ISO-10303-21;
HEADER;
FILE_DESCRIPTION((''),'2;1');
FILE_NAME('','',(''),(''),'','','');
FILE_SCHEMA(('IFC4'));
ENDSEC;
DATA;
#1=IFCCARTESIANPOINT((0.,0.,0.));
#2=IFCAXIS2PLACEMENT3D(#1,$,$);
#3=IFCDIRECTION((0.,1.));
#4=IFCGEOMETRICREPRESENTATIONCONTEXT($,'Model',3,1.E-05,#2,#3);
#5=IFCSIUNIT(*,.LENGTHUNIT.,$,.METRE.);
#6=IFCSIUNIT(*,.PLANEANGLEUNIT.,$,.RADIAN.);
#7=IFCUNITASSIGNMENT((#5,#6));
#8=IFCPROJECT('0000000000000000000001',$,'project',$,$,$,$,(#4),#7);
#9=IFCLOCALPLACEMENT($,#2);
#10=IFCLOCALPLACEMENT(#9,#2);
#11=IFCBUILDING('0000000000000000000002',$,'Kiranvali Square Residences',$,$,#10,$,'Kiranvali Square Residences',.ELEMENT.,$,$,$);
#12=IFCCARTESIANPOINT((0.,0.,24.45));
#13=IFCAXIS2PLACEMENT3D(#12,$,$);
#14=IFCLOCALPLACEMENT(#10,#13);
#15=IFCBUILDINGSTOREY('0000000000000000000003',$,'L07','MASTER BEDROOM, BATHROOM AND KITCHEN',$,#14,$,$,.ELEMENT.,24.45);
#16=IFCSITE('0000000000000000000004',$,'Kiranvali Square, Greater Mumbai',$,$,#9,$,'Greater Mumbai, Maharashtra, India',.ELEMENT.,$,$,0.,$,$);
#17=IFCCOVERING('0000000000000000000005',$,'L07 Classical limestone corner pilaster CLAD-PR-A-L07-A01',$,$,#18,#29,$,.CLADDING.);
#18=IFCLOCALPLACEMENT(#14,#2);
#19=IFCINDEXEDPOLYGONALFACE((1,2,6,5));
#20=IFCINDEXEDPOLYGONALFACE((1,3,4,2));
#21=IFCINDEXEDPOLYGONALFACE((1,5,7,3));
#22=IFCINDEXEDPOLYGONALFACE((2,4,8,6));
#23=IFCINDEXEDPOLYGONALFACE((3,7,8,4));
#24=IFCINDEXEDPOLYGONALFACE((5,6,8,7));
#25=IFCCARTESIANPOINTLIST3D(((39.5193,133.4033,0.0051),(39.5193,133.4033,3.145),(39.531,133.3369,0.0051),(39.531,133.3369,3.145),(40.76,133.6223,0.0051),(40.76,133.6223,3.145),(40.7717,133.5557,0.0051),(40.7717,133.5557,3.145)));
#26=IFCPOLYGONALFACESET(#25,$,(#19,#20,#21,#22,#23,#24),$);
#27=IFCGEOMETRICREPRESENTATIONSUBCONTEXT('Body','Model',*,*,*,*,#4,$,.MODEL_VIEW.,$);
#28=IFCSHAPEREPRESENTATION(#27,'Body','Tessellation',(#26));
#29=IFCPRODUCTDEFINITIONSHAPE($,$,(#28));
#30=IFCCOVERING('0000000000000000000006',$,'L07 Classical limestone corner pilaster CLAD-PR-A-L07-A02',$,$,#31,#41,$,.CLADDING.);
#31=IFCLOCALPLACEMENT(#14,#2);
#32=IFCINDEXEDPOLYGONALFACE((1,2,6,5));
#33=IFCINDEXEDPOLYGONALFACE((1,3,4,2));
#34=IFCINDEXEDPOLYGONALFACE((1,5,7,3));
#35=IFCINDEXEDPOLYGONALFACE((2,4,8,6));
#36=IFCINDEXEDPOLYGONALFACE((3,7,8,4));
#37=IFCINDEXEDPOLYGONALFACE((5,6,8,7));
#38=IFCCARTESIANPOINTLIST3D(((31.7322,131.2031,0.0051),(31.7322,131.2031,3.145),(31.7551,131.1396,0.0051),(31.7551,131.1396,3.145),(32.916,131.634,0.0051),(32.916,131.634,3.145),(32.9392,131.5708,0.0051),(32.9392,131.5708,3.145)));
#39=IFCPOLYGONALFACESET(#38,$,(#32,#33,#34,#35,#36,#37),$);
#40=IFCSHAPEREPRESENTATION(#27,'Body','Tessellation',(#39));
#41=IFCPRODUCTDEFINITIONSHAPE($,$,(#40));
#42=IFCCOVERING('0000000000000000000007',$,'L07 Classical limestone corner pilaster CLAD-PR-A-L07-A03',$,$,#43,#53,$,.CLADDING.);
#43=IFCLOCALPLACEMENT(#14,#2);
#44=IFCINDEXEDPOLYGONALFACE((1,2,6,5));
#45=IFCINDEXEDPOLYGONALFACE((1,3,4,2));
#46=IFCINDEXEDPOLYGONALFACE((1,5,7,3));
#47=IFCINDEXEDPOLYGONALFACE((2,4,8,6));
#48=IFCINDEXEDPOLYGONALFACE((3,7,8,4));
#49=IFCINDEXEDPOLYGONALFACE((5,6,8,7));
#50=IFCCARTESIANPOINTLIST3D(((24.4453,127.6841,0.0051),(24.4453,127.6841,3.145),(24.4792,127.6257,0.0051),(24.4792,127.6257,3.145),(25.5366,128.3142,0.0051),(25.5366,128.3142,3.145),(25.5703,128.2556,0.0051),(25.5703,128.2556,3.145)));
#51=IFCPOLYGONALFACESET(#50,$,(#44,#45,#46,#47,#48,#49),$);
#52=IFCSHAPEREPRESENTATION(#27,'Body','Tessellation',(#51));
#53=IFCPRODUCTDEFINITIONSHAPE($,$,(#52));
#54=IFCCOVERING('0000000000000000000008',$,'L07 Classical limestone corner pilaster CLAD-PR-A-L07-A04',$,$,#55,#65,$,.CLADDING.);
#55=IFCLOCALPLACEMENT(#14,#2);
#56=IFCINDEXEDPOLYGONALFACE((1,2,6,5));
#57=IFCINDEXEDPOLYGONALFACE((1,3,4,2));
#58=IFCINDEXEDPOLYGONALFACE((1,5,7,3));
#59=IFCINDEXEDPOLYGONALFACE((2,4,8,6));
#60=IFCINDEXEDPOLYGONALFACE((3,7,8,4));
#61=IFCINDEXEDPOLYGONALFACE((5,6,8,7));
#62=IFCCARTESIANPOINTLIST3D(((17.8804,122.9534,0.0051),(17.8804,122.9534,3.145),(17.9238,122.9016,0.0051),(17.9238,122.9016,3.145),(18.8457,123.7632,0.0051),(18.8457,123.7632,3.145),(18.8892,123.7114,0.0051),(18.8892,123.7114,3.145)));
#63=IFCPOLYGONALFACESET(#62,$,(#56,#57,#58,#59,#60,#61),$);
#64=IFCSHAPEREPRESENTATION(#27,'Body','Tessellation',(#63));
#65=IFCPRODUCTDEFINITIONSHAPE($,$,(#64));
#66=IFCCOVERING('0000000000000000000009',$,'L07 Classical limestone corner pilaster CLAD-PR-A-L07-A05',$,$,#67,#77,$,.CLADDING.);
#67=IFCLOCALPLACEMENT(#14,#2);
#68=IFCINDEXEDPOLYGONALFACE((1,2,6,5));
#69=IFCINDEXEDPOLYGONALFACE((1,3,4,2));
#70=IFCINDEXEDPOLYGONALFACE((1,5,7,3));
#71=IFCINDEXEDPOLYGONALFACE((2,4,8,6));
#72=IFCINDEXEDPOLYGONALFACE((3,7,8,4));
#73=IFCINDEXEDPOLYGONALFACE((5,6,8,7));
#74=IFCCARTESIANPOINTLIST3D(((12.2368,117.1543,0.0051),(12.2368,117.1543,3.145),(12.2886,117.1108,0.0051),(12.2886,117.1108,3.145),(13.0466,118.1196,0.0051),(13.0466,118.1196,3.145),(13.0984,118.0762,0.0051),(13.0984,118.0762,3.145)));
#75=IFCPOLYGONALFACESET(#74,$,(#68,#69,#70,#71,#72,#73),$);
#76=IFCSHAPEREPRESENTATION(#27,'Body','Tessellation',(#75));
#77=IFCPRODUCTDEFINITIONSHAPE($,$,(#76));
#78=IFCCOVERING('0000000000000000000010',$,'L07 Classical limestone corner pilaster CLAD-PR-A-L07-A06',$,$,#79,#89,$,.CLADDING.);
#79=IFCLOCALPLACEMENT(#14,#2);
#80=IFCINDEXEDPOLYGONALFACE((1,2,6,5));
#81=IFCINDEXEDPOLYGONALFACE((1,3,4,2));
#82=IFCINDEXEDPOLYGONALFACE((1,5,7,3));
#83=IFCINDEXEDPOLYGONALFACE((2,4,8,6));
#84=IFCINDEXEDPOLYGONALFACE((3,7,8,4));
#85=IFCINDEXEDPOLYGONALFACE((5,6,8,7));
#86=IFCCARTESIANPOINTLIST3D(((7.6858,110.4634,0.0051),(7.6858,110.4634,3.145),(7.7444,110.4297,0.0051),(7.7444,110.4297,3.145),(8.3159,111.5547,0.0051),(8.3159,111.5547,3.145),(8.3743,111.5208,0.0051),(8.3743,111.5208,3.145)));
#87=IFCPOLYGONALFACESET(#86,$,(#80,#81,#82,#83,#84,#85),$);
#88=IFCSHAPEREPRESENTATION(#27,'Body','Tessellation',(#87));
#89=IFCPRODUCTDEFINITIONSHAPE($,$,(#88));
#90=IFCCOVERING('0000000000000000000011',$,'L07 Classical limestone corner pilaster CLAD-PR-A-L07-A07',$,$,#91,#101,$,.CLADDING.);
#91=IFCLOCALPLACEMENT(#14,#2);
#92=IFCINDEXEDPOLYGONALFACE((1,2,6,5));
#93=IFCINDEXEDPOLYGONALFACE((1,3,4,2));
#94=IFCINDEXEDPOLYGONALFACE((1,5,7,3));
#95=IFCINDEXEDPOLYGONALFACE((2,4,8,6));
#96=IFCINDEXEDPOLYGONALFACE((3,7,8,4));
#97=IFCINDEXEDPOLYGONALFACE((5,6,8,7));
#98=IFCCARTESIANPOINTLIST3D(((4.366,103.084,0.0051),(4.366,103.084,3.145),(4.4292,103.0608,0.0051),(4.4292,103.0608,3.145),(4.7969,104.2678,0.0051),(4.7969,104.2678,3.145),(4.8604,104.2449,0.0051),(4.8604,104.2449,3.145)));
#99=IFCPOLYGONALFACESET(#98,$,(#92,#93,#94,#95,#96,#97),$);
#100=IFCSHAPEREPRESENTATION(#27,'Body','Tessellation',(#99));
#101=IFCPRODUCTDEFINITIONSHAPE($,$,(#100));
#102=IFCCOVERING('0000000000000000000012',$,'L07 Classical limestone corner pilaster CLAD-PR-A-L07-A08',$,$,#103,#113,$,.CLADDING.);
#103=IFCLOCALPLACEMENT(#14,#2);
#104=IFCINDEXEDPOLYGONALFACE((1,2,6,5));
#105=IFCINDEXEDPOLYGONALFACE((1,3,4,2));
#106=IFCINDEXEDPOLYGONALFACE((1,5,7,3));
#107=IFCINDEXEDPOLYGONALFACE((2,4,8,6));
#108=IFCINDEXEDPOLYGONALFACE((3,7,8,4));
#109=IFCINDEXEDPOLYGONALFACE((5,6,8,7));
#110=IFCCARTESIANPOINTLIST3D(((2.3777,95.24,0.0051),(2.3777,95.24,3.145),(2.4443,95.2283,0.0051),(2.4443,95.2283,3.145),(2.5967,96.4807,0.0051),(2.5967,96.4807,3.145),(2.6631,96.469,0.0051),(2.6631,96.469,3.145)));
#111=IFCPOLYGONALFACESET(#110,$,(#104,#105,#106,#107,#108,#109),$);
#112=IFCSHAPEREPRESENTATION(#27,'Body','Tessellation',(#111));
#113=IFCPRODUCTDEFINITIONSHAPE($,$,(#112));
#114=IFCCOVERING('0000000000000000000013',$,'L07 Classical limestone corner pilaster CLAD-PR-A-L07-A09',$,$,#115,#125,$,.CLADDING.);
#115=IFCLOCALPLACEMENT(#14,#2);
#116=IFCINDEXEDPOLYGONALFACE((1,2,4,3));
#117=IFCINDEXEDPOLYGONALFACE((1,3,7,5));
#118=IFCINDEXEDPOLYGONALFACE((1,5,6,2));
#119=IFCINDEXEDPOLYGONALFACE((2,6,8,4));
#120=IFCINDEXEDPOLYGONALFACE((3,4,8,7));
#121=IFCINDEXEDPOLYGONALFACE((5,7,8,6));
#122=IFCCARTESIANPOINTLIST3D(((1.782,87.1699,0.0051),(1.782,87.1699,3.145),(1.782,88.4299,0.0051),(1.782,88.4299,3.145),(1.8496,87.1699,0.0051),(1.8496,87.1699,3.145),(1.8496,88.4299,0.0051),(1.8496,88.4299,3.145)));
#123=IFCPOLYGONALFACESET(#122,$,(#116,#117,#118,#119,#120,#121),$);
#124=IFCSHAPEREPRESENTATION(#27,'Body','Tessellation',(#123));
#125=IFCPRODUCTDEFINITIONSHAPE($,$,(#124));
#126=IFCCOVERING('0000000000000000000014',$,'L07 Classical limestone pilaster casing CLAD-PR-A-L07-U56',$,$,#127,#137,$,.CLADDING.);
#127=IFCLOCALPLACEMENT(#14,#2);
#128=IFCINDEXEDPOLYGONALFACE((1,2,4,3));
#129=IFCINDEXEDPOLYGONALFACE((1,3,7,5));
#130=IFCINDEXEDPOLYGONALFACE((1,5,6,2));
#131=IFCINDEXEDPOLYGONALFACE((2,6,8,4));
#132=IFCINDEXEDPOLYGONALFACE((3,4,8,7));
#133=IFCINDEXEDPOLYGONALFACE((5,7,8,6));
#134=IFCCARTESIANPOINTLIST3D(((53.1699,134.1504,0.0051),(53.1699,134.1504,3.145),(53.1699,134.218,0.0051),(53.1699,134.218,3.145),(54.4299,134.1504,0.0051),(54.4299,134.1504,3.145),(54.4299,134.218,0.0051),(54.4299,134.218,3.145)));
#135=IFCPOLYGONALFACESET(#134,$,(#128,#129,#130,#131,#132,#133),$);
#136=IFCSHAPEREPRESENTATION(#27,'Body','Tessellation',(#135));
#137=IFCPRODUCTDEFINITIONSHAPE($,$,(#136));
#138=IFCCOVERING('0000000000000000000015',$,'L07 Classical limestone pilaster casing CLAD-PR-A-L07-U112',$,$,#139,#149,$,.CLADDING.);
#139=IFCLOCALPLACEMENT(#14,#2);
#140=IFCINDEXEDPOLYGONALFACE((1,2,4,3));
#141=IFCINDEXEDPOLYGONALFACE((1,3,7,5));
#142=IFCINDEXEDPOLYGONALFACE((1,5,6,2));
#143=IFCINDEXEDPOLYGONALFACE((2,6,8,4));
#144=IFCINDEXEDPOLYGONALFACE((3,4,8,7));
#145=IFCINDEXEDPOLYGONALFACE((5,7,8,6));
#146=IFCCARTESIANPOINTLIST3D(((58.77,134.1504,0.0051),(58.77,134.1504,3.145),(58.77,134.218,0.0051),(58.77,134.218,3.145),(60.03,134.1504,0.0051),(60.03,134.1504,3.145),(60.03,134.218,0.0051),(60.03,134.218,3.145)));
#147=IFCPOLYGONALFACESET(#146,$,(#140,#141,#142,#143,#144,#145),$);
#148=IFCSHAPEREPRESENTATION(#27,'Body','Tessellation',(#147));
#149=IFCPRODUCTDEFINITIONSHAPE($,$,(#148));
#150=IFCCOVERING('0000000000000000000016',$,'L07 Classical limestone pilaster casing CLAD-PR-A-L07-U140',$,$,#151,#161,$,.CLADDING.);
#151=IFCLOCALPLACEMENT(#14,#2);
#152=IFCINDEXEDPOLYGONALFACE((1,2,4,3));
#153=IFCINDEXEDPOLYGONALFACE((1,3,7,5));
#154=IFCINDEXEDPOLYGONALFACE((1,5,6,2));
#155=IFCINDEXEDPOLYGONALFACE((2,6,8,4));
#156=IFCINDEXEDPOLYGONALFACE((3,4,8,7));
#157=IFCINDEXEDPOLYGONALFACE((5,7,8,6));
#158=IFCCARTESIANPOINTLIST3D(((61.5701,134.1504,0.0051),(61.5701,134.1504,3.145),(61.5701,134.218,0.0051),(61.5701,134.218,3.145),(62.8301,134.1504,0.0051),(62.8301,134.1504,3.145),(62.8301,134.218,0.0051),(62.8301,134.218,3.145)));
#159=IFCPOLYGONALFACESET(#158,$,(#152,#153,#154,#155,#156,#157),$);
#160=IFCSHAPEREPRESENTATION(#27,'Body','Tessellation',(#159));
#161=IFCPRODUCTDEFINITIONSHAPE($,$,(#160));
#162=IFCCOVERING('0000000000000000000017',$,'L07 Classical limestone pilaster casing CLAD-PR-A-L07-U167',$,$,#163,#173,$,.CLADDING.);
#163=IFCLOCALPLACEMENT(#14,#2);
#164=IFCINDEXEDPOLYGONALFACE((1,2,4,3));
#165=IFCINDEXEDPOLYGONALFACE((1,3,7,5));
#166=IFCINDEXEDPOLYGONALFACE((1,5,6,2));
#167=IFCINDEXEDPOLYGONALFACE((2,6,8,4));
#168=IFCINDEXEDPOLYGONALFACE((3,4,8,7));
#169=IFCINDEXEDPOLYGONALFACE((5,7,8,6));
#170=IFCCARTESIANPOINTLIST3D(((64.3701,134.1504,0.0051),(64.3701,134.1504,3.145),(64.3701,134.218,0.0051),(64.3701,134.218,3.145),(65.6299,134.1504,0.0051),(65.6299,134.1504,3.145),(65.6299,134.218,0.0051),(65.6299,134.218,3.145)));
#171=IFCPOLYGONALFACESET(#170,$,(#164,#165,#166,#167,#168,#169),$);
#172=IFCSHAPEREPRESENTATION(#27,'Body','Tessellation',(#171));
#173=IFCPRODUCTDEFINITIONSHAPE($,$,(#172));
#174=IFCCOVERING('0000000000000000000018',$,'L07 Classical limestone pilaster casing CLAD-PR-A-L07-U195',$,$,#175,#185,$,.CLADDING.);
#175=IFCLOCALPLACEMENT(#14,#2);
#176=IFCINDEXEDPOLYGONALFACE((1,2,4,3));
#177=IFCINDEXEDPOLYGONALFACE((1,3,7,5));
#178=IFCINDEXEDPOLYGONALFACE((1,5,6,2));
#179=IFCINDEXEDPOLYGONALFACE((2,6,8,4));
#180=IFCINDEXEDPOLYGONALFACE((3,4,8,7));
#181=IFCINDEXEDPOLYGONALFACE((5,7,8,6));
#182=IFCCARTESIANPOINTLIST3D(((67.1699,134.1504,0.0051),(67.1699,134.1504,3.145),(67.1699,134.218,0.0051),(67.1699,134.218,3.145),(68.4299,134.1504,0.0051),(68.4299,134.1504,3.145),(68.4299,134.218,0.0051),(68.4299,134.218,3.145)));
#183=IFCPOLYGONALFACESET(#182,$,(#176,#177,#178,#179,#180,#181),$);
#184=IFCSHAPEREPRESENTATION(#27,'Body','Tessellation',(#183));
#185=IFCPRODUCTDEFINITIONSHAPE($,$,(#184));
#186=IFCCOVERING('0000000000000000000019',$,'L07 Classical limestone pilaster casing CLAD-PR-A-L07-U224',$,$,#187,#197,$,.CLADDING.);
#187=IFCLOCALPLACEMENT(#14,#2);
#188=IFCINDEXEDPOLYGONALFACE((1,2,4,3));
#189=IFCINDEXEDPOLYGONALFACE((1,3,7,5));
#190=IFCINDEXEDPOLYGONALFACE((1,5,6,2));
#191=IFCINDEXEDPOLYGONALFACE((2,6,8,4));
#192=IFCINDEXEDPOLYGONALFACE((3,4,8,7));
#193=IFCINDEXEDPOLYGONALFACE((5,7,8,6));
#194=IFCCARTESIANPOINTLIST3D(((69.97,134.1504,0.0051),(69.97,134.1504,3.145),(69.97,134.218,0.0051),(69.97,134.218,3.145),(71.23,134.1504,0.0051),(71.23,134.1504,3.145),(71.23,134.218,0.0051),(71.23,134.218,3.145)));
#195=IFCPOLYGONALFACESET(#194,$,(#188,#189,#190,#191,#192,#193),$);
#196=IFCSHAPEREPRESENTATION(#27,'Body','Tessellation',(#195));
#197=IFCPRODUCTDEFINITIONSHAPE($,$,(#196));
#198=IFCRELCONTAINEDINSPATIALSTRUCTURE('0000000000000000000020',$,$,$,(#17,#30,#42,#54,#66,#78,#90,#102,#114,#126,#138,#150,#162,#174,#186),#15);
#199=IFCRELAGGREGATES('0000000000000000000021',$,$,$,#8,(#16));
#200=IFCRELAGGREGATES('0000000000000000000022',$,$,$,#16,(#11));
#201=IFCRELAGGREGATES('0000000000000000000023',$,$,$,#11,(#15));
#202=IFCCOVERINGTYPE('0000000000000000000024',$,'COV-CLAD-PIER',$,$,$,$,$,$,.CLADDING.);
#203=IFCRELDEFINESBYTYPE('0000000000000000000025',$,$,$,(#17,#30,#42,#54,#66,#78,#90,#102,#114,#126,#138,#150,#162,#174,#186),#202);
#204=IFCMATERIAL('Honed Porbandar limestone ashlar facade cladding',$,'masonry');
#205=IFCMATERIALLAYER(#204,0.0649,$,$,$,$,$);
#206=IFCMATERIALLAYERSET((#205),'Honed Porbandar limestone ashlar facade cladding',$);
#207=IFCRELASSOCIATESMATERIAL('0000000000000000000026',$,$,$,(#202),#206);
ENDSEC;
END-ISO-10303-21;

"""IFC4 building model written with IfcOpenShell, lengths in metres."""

from ifc_helpers import new_model, si_unit, direction, frame, origin, place, context, subcontext, project, spatial, polyline, outline, extrude, material, layer, layer_set, type_object, element, save


model = new_model("IFC4")

# Units and contexts
model_context = context("Model", 3, precision=1e-05, world=origin(), true_north=direction((0.0, 1.0)))
body_context = subcontext(model_context, "Body", "Model", "MODEL_VIEW")
ifc_project = project(units=[si_unit("LENGTHUNIT", "METRE"), si_unit("PLANEANGLEUNIT", "RADIAN")], contexts=[model_context])

# Site, building, storey
site_placement = place(None, origin())
site = spatial("IfcSite", under=ifc_project, at=site_placement, Name="Kiranvali Square, Greater Mumbai", LongName="Greater Mumbai, Maharashtra, India", CompositionType="ELEMENT", RefElevation=0.0)
building_placement = place(site_placement, origin())
building = spatial("IfcBuilding", under=site, at=building_placement, Name="Kiranvali Square Residences", LongName="Kiranvali Square Residences", CompositionType="ELEMENT")
storey_placement = place(building_placement, frame((0.0, 0.0, 24.45)))
storey = spatial("IfcBuildingStorey", under=building, at=storey_placement, Name="L07", Description="MASTER BEDROOM, BATHROOM AND KITCHEN", CompositionType="ELEMENT", Elevation=24.45)

# Coverings
ifc_material = material(Name="Honed Porbandar limestone ashlar facade cladding", Category="masonry")
ifc_layer_1 = layer(ifc_material, 0.0649)
ifc_layer_set_1 = layer_set([ifc_layer_1], Name="Honed Porbandar limestone ashlar facade cladding")
covering_type_1 = type_object("IfcCoveringType", Name="COV-CLAD-PIER", PredefinedType="CLADDING", material=ifc_layer_set_1)
covering_1_placement = place(storey_placement, frame((0.0, 0.0, 0.0051)))
element("IfcCovering", 1, at=covering_1_placement, inside=storey, type_object=covering_type_1, Name="L07 Classical limestone corner pilaster CLAD-PR-A-L07-A01", PredefinedType="CLADDING", context=body_context, shape_type="SweptSolid", body=[
    extrude(outline(polyline([(40.76, 133.6223), (39.5193, 133.4033), (39.531, 133.3369), (40.7717, 133.5557), (40.76, 133.6223)])), origin(), (0.0, 0.0, 1.0), 3.1399),
])
covering_2_placement = place(storey_placement, frame((0.0, 0.0, 0.0051)))
element("IfcCovering", 2, at=covering_2_placement, inside=storey, type_object=covering_type_1, Name="L07 Classical limestone corner pilaster CLAD-PR-A-L07-A02", PredefinedType="CLADDING", context=body_context, shape_type="SweptSolid", body=[
    extrude(outline(polyline([(32.916, 131.634), (31.7322, 131.2031), (31.7551, 131.1396), (32.9392, 131.5708), (32.916, 131.634)])), origin(), (0.0, 0.0, 1.0), 3.1399),
])
covering_3_placement = place(storey_placement, frame((0.0, 0.0, 0.0051)))
element("IfcCovering", 3, at=covering_3_placement, inside=storey, type_object=covering_type_1, Name="L07 Classical limestone corner pilaster CLAD-PR-A-L07-A03", PredefinedType="CLADDING", context=body_context, shape_type="SweptSolid", body=[
    extrude(outline(polyline([(25.5366, 128.3142), (24.4453, 127.6841), (24.4792, 127.6257), (25.5703, 128.2556), (25.5366, 128.3142)])), origin(), (0.0, 0.0, 1.0), 3.1399),
])
covering_4_placement = place(storey_placement, frame((0.0, 0.0, 0.0051)))
element("IfcCovering", 4, at=covering_4_placement, inside=storey, type_object=covering_type_1, Name="L07 Classical limestone corner pilaster CLAD-PR-A-L07-A04", PredefinedType="CLADDING", context=body_context, shape_type="SweptSolid", body=[
    extrude(outline(polyline([(18.8457, 123.7632), (17.8804, 122.9534), (17.9238, 122.9016), (18.8892, 123.7114), (18.8457, 123.7632)])), origin(), (0.0, 0.0, 1.0), 3.1399),
])
covering_5_placement = place(storey_placement, frame((0.0, 0.0, 0.0051)))
element("IfcCovering", 5, at=covering_5_placement, inside=storey, type_object=covering_type_1, Name="L07 Classical limestone corner pilaster CLAD-PR-A-L07-A05", PredefinedType="CLADDING", context=body_context, shape_type="SweptSolid", body=[
    extrude(outline(polyline([(13.0466, 118.1196), (12.2368, 117.1543), (12.2886, 117.1108), (13.0984, 118.0762), (13.0466, 118.1196)])), origin(), (0.0, 0.0, 1.0), 3.1399),
])
covering_6_placement = place(storey_placement, frame((0.0, 0.0, 0.0051)))
element("IfcCovering", 6, at=covering_6_placement, inside=storey, type_object=covering_type_1, Name="L07 Classical limestone corner pilaster CLAD-PR-A-L07-A06", PredefinedType="CLADDING", context=body_context, shape_type="SweptSolid", body=[
    extrude(outline(polyline([(8.3159, 111.5547), (7.6858, 110.4634), (7.7444, 110.4297), (8.3743, 111.5208), (8.3159, 111.5547)])), origin(), (0.0, 0.0, 1.0), 3.1399),
])
covering_7_placement = place(storey_placement, frame((0.0, 0.0, 0.0051)))
element("IfcCovering", 7, at=covering_7_placement, inside=storey, type_object=covering_type_1, Name="L07 Classical limestone corner pilaster CLAD-PR-A-L07-A07", PredefinedType="CLADDING", context=body_context, shape_type="SweptSolid", body=[
    extrude(outline(polyline([(4.7969, 104.2678), (4.366, 103.084), (4.4292, 103.0608), (4.8604, 104.2449), (4.7969, 104.2678)])), origin(), (0.0, 0.0, 1.0), 3.1399),
])
covering_8_placement = place(storey_placement, frame((0.0, 0.0, 0.0051)))
element("IfcCovering", 8, at=covering_8_placement, inside=storey, type_object=covering_type_1, Name="L07 Classical limestone corner pilaster CLAD-PR-A-L07-A08", PredefinedType="CLADDING", context=body_context, shape_type="SweptSolid", body=[
    extrude(outline(polyline([(2.5967, 96.4807), (2.3777, 95.24), (2.4443, 95.2283), (2.6631, 96.469), (2.5967, 96.4807)])), origin(), (0.0, 0.0, 1.0), 3.1399),
])
covering_9_placement = place(storey_placement, frame((0.0, 0.0, 0.0051)))
element("IfcCovering", 9, at=covering_9_placement, inside=storey, type_object=covering_type_1, Name="L07 Classical limestone corner pilaster CLAD-PR-A-L07-A09", PredefinedType="CLADDING", context=body_context, shape_type="SweptSolid", body=[
    extrude(outline(polyline([(1.782, 88.4299), (1.782, 87.1699), (1.8496, 87.1699), (1.8496, 88.4299), (1.782, 88.4299)])), origin(), (0.0, 0.0, 1.0), 3.1399),
])
covering_10_placement = place(storey_placement, frame((0.0, 0.0, 0.0051)))
element("IfcCovering", 10, at=covering_10_placement, inside=storey, type_object=covering_type_1, Name="L07 Classical limestone pilaster casing CLAD-PR-A-L07-U56", PredefinedType="CLADDING", context=body_context, shape_type="SweptSolid", body=[
    extrude(outline(polyline([(53.1699, 134.1504), (54.4299, 134.1504), (54.4299, 134.218), (53.1699, 134.218), (53.1699, 134.1504)])), origin(), (0.0, 0.0, 1.0), 3.1399),
])
covering_11_placement = place(storey_placement, frame((0.0, 0.0, 0.0051)))
element("IfcCovering", 11, at=covering_11_placement, inside=storey, type_object=covering_type_1, Name="L07 Classical limestone pilaster casing CLAD-PR-A-L07-U112", PredefinedType="CLADDING", context=body_context, shape_type="SweptSolid", body=[
    extrude(outline(polyline([(58.77, 134.1504), (60.03, 134.1504), (60.03, 134.218), (58.77, 134.218), (58.77, 134.1504)])), origin(), (0.0, 0.0, 1.0), 3.1399),
])
covering_12_placement = place(storey_placement, frame((0.0, 0.0, 0.0051)))
element("IfcCovering", 12, at=covering_12_placement, inside=storey, type_object=covering_type_1, Name="L07 Classical limestone pilaster casing CLAD-PR-A-L07-U140", PredefinedType="CLADDING", context=body_context, shape_type="SweptSolid", body=[
    extrude(outline(polyline([(61.5701, 134.1504), (62.8301, 134.1504), (62.8301, 134.218), (61.5701, 134.218), (61.5701, 134.1504)])), origin(), (0.0, 0.0, 1.0), 3.1399),
])
covering_13_placement = place(storey_placement, frame((0.0, 0.0, 0.0051)))
element("IfcCovering", 13, at=covering_13_placement, inside=storey, type_object=covering_type_1, Name="L07 Classical limestone pilaster casing CLAD-PR-A-L07-U167", PredefinedType="CLADDING", context=body_context, shape_type="SweptSolid", body=[
    extrude(outline(polyline([(64.3701, 134.1504), (65.6299, 134.1504), (65.6299, 134.218), (64.3701, 134.218), (64.3701, 134.1504)])), origin(), (0.0, 0.0, 1.0), 3.1399),
])
covering_14_placement = place(storey_placement, frame((0.0, 0.0, 0.0051)))
element("IfcCovering", 14, at=covering_14_placement, inside=storey, type_object=covering_type_1, Name="L07 Classical limestone pilaster casing CLAD-PR-A-L07-U195", PredefinedType="CLADDING", context=body_context, shape_type="SweptSolid", body=[
    extrude(outline(polyline([(67.1699, 134.1504), (68.4299, 134.1504), (68.4299, 134.218), (67.1699, 134.218), (67.1699, 134.1504)])), origin(), (0.0, 0.0, 1.0), 3.1399),
])
covering_15_placement = place(storey_placement, frame((0.0, 0.0, 0.0051)))
element("IfcCovering", 15, at=covering_15_placement, inside=storey, type_object=covering_type_1, Name="L07 Classical limestone pilaster casing CLAD-PR-A-L07-U224", PredefinedType="CLADDING", context=body_context, shape_type="SweptSolid", body=[
    extrude(outline(polyline([(69.97, 134.1504), (71.23, 134.1504), (71.23, 134.218), (69.97, 134.218), (69.97, 134.1504)])), origin(), (0.0, 0.0, 1.0), 3.1399),
])

save(model, "model.ifc")
